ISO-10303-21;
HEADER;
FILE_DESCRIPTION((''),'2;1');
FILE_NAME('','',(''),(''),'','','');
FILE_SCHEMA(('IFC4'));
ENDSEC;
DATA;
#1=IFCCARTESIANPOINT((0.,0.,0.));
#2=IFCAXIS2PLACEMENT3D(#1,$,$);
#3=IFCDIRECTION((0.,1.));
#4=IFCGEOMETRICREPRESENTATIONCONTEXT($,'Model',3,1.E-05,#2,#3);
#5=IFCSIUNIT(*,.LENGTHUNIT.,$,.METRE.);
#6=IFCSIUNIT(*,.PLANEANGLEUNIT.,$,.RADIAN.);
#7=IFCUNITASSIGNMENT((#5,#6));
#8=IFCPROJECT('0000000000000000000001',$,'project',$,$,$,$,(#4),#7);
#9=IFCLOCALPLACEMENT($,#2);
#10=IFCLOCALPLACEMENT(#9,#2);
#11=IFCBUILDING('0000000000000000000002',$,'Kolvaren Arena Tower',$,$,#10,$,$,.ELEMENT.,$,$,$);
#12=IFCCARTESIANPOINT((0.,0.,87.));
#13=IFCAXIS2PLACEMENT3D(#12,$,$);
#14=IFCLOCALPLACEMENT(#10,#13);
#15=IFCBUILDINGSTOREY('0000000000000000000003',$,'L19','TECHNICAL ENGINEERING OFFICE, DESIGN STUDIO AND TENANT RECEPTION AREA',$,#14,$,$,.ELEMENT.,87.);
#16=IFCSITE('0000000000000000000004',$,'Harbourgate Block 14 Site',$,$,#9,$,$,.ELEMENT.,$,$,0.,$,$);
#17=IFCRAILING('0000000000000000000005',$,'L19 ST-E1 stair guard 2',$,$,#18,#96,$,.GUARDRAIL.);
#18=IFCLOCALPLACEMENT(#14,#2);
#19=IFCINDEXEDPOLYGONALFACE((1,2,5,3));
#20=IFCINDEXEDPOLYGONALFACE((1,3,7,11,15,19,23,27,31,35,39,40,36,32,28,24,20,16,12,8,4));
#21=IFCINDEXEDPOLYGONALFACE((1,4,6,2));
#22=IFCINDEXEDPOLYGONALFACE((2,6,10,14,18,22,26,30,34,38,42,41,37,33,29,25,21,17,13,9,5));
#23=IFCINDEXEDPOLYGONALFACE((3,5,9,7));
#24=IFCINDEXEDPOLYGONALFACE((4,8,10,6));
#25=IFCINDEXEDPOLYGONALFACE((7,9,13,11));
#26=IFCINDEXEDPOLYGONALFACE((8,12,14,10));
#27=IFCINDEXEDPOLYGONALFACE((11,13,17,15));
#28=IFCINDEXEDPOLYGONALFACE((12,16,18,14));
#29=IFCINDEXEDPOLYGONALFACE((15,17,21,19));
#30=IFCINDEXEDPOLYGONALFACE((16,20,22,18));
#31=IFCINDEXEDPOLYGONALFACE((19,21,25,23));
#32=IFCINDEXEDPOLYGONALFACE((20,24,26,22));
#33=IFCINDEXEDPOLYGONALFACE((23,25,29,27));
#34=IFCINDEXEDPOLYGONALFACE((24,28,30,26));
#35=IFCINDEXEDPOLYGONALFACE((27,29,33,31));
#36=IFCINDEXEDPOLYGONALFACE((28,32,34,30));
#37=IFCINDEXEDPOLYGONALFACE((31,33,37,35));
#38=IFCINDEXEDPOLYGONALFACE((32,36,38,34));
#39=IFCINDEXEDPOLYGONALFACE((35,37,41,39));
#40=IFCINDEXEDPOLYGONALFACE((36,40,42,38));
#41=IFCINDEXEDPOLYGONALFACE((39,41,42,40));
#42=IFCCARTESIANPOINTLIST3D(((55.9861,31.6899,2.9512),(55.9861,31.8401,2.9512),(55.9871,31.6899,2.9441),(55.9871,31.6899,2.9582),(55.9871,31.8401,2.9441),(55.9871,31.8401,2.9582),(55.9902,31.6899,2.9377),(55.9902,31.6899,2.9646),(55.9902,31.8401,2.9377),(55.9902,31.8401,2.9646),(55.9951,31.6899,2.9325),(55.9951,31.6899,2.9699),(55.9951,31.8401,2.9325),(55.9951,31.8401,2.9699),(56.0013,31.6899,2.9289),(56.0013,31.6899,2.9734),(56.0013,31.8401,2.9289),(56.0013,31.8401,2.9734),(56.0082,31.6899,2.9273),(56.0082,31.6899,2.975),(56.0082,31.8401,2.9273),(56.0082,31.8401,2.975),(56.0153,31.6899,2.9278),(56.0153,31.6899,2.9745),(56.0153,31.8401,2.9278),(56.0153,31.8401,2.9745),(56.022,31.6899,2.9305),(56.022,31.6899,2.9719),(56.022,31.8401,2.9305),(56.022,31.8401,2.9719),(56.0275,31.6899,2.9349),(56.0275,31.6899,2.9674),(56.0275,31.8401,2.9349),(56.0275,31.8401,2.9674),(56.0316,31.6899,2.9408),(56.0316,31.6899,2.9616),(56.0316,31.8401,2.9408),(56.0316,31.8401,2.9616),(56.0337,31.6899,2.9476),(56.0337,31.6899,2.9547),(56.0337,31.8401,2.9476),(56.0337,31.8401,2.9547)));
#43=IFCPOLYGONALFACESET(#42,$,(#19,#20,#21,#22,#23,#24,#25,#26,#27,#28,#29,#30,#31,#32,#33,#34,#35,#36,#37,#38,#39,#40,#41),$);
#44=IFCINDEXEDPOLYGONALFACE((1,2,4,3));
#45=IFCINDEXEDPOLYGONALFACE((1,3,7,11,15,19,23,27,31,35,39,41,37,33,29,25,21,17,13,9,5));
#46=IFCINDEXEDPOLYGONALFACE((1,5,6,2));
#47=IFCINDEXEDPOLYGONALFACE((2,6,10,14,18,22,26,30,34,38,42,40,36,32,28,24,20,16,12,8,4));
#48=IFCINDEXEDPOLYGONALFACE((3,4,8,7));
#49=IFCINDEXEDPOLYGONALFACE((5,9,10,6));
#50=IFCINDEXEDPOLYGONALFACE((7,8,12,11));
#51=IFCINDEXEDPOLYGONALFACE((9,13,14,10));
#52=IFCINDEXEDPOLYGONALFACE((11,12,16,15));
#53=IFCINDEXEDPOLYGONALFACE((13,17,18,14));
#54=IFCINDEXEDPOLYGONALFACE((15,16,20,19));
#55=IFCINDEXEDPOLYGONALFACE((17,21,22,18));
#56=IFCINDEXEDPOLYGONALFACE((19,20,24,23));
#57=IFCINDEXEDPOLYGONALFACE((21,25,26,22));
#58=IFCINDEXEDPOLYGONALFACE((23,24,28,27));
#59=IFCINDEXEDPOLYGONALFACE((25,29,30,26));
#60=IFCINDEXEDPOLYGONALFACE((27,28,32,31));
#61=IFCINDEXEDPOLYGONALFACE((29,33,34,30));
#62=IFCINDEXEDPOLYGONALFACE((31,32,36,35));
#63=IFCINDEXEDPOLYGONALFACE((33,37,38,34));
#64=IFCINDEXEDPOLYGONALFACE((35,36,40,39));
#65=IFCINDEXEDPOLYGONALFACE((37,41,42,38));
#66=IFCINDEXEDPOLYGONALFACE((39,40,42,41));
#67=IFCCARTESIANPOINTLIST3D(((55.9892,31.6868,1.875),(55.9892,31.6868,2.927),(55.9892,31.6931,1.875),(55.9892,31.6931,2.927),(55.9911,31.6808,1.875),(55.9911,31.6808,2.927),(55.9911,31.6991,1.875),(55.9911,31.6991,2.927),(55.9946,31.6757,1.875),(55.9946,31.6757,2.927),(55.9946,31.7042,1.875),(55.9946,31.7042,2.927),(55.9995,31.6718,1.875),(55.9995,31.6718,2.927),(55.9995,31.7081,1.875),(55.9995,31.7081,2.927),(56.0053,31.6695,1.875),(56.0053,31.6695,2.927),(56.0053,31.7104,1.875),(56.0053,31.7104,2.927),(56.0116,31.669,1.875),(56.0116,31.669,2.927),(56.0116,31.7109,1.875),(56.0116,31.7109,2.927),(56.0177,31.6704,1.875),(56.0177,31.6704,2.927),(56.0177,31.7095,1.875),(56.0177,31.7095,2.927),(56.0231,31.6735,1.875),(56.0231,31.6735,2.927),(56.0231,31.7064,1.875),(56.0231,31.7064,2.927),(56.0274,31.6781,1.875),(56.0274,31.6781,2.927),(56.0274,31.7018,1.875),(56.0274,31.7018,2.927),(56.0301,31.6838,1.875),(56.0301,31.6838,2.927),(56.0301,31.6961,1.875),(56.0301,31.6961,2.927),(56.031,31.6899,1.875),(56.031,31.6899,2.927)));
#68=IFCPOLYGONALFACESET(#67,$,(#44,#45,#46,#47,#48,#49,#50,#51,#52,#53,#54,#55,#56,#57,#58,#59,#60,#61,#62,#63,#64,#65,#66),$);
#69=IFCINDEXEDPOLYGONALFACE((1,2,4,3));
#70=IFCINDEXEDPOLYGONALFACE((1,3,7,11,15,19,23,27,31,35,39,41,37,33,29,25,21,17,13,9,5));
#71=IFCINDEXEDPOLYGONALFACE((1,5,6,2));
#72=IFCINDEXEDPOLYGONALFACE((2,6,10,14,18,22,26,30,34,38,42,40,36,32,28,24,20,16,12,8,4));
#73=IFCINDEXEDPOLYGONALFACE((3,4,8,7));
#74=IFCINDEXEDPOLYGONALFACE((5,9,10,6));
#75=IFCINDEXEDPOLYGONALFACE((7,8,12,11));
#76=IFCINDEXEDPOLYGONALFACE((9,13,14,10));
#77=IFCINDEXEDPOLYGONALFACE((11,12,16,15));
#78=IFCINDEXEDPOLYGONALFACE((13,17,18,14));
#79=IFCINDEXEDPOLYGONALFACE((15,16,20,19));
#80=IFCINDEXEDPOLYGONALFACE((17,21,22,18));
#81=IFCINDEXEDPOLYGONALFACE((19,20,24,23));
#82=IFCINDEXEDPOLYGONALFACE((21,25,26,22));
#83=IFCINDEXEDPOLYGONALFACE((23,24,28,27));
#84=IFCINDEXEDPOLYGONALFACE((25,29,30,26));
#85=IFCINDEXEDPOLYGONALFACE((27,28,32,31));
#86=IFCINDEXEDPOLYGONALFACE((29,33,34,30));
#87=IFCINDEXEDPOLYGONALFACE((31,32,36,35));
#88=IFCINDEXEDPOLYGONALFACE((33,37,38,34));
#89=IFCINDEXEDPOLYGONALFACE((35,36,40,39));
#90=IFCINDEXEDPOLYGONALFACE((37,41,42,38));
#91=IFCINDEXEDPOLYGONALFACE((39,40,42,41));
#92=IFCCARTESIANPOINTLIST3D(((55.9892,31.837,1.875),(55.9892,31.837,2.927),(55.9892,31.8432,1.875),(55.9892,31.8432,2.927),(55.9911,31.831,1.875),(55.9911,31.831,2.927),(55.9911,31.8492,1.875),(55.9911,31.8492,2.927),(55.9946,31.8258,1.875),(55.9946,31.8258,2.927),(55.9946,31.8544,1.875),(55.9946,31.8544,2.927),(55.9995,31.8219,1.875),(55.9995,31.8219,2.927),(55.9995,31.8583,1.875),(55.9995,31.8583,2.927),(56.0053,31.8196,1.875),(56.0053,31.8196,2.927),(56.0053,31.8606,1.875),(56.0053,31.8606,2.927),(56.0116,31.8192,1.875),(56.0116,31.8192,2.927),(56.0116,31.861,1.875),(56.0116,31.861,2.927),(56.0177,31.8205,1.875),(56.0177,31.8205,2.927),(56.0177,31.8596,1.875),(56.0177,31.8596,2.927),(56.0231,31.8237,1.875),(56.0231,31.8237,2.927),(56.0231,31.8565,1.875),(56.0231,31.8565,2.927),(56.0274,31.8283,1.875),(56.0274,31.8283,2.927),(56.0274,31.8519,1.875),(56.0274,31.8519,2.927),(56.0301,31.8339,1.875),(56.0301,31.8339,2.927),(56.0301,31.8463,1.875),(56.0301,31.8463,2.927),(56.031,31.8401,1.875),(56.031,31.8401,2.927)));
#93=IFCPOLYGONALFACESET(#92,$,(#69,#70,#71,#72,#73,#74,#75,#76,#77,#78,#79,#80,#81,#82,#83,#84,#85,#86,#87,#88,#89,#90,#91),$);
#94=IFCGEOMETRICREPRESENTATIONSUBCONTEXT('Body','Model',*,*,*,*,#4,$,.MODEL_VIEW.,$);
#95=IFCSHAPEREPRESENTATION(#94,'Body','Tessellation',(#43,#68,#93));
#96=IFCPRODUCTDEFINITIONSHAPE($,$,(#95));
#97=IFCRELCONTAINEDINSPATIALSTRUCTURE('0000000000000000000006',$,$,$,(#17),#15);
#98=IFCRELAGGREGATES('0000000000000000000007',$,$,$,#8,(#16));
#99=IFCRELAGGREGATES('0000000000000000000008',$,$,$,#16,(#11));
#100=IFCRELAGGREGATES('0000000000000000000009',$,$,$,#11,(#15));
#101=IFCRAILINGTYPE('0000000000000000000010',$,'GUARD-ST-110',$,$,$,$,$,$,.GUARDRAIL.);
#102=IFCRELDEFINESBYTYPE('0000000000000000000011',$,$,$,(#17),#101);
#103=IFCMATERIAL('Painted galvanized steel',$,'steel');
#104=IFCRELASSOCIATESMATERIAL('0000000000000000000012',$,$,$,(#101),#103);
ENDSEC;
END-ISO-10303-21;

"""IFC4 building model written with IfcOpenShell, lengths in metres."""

from ifc_helpers import new_model, si_unit, direction, frame, origin, origin_2d, place, context, subcontext, project, spatial, circle, extrude, material, type_object, element, save


model = new_model("IFC4")

# Units and contexts
model_context = context("Model", 3, precision=1e-05, world=origin(), true_north=direction((0.0, 1.0)))
body_context = subcontext(model_context, "Body", "Model", "MODEL_VIEW")
ifc_project = project(units=[si_unit("LENGTHUNIT", "METRE"), si_unit("PLANEANGLEUNIT", "RADIAN")], contexts=[model_context])

# Site, building, storey
site_placement = place(None, origin())
site = spatial("IfcSite", under=ifc_project, at=site_placement, Name="Harbourgate Block 14 Site", CompositionType="ELEMENT", RefElevation=0.0)
building_placement = place(site_placement, origin())
building = spatial("IfcBuilding", under=site, at=building_placement, Name="Kolvaren Arena Tower", CompositionType="ELEMENT")
storey_placement = place(building_placement, frame((0.0, 0.0, 87.0)))
storey = spatial("IfcBuildingStorey", under=building, at=storey_placement, Name="L19", Description="TECHNICAL ENGINEERING OFFICE, DESIGN STUDIO AND TENANT RECEPTION AREA", CompositionType="ELEMENT", Elevation=87.0)

# Railing
ifc_material_1 = material(Name="Painted galvanized steel", Category="steel")
railing_type_1 = type_object("IfcRailingType", Name="GUARD-ST-110", PredefinedType="GUARDRAIL", material=ifc_material_1)
railing_1_placement = place(storey_placement, frame((56.01, 31.6899, 1.875)))
element("IfcRailing", 1, at=railing_1_placement, inside=storey, type_object=railing_type_1, Name="L19 ST-E1 stair guard 2", PredefinedType="GUARDRAIL", context=body_context, shape_type="SweptSolid", body=[
    extrude(circle(Radius=0.0239, at=origin_2d()), frame((0.0, 0.0, 1.0762), z_axis=(0.0, 1.0, 0.0), x_axis=(-1.0, 0.0, 0.0)), (0.0, 0.0, 1.0), 0.1501),
    extrude(circle(Radius=0.021, at=origin_2d()), origin(), (0.0, 0.0, 1.0), 1.052),
    extrude(circle(Radius=0.021, at=origin_2d()), frame((0.0, 0.1501, 0.0)), (0.0, 0.0, 1.0), 1.052),
])

save(model, "model.ifc")
